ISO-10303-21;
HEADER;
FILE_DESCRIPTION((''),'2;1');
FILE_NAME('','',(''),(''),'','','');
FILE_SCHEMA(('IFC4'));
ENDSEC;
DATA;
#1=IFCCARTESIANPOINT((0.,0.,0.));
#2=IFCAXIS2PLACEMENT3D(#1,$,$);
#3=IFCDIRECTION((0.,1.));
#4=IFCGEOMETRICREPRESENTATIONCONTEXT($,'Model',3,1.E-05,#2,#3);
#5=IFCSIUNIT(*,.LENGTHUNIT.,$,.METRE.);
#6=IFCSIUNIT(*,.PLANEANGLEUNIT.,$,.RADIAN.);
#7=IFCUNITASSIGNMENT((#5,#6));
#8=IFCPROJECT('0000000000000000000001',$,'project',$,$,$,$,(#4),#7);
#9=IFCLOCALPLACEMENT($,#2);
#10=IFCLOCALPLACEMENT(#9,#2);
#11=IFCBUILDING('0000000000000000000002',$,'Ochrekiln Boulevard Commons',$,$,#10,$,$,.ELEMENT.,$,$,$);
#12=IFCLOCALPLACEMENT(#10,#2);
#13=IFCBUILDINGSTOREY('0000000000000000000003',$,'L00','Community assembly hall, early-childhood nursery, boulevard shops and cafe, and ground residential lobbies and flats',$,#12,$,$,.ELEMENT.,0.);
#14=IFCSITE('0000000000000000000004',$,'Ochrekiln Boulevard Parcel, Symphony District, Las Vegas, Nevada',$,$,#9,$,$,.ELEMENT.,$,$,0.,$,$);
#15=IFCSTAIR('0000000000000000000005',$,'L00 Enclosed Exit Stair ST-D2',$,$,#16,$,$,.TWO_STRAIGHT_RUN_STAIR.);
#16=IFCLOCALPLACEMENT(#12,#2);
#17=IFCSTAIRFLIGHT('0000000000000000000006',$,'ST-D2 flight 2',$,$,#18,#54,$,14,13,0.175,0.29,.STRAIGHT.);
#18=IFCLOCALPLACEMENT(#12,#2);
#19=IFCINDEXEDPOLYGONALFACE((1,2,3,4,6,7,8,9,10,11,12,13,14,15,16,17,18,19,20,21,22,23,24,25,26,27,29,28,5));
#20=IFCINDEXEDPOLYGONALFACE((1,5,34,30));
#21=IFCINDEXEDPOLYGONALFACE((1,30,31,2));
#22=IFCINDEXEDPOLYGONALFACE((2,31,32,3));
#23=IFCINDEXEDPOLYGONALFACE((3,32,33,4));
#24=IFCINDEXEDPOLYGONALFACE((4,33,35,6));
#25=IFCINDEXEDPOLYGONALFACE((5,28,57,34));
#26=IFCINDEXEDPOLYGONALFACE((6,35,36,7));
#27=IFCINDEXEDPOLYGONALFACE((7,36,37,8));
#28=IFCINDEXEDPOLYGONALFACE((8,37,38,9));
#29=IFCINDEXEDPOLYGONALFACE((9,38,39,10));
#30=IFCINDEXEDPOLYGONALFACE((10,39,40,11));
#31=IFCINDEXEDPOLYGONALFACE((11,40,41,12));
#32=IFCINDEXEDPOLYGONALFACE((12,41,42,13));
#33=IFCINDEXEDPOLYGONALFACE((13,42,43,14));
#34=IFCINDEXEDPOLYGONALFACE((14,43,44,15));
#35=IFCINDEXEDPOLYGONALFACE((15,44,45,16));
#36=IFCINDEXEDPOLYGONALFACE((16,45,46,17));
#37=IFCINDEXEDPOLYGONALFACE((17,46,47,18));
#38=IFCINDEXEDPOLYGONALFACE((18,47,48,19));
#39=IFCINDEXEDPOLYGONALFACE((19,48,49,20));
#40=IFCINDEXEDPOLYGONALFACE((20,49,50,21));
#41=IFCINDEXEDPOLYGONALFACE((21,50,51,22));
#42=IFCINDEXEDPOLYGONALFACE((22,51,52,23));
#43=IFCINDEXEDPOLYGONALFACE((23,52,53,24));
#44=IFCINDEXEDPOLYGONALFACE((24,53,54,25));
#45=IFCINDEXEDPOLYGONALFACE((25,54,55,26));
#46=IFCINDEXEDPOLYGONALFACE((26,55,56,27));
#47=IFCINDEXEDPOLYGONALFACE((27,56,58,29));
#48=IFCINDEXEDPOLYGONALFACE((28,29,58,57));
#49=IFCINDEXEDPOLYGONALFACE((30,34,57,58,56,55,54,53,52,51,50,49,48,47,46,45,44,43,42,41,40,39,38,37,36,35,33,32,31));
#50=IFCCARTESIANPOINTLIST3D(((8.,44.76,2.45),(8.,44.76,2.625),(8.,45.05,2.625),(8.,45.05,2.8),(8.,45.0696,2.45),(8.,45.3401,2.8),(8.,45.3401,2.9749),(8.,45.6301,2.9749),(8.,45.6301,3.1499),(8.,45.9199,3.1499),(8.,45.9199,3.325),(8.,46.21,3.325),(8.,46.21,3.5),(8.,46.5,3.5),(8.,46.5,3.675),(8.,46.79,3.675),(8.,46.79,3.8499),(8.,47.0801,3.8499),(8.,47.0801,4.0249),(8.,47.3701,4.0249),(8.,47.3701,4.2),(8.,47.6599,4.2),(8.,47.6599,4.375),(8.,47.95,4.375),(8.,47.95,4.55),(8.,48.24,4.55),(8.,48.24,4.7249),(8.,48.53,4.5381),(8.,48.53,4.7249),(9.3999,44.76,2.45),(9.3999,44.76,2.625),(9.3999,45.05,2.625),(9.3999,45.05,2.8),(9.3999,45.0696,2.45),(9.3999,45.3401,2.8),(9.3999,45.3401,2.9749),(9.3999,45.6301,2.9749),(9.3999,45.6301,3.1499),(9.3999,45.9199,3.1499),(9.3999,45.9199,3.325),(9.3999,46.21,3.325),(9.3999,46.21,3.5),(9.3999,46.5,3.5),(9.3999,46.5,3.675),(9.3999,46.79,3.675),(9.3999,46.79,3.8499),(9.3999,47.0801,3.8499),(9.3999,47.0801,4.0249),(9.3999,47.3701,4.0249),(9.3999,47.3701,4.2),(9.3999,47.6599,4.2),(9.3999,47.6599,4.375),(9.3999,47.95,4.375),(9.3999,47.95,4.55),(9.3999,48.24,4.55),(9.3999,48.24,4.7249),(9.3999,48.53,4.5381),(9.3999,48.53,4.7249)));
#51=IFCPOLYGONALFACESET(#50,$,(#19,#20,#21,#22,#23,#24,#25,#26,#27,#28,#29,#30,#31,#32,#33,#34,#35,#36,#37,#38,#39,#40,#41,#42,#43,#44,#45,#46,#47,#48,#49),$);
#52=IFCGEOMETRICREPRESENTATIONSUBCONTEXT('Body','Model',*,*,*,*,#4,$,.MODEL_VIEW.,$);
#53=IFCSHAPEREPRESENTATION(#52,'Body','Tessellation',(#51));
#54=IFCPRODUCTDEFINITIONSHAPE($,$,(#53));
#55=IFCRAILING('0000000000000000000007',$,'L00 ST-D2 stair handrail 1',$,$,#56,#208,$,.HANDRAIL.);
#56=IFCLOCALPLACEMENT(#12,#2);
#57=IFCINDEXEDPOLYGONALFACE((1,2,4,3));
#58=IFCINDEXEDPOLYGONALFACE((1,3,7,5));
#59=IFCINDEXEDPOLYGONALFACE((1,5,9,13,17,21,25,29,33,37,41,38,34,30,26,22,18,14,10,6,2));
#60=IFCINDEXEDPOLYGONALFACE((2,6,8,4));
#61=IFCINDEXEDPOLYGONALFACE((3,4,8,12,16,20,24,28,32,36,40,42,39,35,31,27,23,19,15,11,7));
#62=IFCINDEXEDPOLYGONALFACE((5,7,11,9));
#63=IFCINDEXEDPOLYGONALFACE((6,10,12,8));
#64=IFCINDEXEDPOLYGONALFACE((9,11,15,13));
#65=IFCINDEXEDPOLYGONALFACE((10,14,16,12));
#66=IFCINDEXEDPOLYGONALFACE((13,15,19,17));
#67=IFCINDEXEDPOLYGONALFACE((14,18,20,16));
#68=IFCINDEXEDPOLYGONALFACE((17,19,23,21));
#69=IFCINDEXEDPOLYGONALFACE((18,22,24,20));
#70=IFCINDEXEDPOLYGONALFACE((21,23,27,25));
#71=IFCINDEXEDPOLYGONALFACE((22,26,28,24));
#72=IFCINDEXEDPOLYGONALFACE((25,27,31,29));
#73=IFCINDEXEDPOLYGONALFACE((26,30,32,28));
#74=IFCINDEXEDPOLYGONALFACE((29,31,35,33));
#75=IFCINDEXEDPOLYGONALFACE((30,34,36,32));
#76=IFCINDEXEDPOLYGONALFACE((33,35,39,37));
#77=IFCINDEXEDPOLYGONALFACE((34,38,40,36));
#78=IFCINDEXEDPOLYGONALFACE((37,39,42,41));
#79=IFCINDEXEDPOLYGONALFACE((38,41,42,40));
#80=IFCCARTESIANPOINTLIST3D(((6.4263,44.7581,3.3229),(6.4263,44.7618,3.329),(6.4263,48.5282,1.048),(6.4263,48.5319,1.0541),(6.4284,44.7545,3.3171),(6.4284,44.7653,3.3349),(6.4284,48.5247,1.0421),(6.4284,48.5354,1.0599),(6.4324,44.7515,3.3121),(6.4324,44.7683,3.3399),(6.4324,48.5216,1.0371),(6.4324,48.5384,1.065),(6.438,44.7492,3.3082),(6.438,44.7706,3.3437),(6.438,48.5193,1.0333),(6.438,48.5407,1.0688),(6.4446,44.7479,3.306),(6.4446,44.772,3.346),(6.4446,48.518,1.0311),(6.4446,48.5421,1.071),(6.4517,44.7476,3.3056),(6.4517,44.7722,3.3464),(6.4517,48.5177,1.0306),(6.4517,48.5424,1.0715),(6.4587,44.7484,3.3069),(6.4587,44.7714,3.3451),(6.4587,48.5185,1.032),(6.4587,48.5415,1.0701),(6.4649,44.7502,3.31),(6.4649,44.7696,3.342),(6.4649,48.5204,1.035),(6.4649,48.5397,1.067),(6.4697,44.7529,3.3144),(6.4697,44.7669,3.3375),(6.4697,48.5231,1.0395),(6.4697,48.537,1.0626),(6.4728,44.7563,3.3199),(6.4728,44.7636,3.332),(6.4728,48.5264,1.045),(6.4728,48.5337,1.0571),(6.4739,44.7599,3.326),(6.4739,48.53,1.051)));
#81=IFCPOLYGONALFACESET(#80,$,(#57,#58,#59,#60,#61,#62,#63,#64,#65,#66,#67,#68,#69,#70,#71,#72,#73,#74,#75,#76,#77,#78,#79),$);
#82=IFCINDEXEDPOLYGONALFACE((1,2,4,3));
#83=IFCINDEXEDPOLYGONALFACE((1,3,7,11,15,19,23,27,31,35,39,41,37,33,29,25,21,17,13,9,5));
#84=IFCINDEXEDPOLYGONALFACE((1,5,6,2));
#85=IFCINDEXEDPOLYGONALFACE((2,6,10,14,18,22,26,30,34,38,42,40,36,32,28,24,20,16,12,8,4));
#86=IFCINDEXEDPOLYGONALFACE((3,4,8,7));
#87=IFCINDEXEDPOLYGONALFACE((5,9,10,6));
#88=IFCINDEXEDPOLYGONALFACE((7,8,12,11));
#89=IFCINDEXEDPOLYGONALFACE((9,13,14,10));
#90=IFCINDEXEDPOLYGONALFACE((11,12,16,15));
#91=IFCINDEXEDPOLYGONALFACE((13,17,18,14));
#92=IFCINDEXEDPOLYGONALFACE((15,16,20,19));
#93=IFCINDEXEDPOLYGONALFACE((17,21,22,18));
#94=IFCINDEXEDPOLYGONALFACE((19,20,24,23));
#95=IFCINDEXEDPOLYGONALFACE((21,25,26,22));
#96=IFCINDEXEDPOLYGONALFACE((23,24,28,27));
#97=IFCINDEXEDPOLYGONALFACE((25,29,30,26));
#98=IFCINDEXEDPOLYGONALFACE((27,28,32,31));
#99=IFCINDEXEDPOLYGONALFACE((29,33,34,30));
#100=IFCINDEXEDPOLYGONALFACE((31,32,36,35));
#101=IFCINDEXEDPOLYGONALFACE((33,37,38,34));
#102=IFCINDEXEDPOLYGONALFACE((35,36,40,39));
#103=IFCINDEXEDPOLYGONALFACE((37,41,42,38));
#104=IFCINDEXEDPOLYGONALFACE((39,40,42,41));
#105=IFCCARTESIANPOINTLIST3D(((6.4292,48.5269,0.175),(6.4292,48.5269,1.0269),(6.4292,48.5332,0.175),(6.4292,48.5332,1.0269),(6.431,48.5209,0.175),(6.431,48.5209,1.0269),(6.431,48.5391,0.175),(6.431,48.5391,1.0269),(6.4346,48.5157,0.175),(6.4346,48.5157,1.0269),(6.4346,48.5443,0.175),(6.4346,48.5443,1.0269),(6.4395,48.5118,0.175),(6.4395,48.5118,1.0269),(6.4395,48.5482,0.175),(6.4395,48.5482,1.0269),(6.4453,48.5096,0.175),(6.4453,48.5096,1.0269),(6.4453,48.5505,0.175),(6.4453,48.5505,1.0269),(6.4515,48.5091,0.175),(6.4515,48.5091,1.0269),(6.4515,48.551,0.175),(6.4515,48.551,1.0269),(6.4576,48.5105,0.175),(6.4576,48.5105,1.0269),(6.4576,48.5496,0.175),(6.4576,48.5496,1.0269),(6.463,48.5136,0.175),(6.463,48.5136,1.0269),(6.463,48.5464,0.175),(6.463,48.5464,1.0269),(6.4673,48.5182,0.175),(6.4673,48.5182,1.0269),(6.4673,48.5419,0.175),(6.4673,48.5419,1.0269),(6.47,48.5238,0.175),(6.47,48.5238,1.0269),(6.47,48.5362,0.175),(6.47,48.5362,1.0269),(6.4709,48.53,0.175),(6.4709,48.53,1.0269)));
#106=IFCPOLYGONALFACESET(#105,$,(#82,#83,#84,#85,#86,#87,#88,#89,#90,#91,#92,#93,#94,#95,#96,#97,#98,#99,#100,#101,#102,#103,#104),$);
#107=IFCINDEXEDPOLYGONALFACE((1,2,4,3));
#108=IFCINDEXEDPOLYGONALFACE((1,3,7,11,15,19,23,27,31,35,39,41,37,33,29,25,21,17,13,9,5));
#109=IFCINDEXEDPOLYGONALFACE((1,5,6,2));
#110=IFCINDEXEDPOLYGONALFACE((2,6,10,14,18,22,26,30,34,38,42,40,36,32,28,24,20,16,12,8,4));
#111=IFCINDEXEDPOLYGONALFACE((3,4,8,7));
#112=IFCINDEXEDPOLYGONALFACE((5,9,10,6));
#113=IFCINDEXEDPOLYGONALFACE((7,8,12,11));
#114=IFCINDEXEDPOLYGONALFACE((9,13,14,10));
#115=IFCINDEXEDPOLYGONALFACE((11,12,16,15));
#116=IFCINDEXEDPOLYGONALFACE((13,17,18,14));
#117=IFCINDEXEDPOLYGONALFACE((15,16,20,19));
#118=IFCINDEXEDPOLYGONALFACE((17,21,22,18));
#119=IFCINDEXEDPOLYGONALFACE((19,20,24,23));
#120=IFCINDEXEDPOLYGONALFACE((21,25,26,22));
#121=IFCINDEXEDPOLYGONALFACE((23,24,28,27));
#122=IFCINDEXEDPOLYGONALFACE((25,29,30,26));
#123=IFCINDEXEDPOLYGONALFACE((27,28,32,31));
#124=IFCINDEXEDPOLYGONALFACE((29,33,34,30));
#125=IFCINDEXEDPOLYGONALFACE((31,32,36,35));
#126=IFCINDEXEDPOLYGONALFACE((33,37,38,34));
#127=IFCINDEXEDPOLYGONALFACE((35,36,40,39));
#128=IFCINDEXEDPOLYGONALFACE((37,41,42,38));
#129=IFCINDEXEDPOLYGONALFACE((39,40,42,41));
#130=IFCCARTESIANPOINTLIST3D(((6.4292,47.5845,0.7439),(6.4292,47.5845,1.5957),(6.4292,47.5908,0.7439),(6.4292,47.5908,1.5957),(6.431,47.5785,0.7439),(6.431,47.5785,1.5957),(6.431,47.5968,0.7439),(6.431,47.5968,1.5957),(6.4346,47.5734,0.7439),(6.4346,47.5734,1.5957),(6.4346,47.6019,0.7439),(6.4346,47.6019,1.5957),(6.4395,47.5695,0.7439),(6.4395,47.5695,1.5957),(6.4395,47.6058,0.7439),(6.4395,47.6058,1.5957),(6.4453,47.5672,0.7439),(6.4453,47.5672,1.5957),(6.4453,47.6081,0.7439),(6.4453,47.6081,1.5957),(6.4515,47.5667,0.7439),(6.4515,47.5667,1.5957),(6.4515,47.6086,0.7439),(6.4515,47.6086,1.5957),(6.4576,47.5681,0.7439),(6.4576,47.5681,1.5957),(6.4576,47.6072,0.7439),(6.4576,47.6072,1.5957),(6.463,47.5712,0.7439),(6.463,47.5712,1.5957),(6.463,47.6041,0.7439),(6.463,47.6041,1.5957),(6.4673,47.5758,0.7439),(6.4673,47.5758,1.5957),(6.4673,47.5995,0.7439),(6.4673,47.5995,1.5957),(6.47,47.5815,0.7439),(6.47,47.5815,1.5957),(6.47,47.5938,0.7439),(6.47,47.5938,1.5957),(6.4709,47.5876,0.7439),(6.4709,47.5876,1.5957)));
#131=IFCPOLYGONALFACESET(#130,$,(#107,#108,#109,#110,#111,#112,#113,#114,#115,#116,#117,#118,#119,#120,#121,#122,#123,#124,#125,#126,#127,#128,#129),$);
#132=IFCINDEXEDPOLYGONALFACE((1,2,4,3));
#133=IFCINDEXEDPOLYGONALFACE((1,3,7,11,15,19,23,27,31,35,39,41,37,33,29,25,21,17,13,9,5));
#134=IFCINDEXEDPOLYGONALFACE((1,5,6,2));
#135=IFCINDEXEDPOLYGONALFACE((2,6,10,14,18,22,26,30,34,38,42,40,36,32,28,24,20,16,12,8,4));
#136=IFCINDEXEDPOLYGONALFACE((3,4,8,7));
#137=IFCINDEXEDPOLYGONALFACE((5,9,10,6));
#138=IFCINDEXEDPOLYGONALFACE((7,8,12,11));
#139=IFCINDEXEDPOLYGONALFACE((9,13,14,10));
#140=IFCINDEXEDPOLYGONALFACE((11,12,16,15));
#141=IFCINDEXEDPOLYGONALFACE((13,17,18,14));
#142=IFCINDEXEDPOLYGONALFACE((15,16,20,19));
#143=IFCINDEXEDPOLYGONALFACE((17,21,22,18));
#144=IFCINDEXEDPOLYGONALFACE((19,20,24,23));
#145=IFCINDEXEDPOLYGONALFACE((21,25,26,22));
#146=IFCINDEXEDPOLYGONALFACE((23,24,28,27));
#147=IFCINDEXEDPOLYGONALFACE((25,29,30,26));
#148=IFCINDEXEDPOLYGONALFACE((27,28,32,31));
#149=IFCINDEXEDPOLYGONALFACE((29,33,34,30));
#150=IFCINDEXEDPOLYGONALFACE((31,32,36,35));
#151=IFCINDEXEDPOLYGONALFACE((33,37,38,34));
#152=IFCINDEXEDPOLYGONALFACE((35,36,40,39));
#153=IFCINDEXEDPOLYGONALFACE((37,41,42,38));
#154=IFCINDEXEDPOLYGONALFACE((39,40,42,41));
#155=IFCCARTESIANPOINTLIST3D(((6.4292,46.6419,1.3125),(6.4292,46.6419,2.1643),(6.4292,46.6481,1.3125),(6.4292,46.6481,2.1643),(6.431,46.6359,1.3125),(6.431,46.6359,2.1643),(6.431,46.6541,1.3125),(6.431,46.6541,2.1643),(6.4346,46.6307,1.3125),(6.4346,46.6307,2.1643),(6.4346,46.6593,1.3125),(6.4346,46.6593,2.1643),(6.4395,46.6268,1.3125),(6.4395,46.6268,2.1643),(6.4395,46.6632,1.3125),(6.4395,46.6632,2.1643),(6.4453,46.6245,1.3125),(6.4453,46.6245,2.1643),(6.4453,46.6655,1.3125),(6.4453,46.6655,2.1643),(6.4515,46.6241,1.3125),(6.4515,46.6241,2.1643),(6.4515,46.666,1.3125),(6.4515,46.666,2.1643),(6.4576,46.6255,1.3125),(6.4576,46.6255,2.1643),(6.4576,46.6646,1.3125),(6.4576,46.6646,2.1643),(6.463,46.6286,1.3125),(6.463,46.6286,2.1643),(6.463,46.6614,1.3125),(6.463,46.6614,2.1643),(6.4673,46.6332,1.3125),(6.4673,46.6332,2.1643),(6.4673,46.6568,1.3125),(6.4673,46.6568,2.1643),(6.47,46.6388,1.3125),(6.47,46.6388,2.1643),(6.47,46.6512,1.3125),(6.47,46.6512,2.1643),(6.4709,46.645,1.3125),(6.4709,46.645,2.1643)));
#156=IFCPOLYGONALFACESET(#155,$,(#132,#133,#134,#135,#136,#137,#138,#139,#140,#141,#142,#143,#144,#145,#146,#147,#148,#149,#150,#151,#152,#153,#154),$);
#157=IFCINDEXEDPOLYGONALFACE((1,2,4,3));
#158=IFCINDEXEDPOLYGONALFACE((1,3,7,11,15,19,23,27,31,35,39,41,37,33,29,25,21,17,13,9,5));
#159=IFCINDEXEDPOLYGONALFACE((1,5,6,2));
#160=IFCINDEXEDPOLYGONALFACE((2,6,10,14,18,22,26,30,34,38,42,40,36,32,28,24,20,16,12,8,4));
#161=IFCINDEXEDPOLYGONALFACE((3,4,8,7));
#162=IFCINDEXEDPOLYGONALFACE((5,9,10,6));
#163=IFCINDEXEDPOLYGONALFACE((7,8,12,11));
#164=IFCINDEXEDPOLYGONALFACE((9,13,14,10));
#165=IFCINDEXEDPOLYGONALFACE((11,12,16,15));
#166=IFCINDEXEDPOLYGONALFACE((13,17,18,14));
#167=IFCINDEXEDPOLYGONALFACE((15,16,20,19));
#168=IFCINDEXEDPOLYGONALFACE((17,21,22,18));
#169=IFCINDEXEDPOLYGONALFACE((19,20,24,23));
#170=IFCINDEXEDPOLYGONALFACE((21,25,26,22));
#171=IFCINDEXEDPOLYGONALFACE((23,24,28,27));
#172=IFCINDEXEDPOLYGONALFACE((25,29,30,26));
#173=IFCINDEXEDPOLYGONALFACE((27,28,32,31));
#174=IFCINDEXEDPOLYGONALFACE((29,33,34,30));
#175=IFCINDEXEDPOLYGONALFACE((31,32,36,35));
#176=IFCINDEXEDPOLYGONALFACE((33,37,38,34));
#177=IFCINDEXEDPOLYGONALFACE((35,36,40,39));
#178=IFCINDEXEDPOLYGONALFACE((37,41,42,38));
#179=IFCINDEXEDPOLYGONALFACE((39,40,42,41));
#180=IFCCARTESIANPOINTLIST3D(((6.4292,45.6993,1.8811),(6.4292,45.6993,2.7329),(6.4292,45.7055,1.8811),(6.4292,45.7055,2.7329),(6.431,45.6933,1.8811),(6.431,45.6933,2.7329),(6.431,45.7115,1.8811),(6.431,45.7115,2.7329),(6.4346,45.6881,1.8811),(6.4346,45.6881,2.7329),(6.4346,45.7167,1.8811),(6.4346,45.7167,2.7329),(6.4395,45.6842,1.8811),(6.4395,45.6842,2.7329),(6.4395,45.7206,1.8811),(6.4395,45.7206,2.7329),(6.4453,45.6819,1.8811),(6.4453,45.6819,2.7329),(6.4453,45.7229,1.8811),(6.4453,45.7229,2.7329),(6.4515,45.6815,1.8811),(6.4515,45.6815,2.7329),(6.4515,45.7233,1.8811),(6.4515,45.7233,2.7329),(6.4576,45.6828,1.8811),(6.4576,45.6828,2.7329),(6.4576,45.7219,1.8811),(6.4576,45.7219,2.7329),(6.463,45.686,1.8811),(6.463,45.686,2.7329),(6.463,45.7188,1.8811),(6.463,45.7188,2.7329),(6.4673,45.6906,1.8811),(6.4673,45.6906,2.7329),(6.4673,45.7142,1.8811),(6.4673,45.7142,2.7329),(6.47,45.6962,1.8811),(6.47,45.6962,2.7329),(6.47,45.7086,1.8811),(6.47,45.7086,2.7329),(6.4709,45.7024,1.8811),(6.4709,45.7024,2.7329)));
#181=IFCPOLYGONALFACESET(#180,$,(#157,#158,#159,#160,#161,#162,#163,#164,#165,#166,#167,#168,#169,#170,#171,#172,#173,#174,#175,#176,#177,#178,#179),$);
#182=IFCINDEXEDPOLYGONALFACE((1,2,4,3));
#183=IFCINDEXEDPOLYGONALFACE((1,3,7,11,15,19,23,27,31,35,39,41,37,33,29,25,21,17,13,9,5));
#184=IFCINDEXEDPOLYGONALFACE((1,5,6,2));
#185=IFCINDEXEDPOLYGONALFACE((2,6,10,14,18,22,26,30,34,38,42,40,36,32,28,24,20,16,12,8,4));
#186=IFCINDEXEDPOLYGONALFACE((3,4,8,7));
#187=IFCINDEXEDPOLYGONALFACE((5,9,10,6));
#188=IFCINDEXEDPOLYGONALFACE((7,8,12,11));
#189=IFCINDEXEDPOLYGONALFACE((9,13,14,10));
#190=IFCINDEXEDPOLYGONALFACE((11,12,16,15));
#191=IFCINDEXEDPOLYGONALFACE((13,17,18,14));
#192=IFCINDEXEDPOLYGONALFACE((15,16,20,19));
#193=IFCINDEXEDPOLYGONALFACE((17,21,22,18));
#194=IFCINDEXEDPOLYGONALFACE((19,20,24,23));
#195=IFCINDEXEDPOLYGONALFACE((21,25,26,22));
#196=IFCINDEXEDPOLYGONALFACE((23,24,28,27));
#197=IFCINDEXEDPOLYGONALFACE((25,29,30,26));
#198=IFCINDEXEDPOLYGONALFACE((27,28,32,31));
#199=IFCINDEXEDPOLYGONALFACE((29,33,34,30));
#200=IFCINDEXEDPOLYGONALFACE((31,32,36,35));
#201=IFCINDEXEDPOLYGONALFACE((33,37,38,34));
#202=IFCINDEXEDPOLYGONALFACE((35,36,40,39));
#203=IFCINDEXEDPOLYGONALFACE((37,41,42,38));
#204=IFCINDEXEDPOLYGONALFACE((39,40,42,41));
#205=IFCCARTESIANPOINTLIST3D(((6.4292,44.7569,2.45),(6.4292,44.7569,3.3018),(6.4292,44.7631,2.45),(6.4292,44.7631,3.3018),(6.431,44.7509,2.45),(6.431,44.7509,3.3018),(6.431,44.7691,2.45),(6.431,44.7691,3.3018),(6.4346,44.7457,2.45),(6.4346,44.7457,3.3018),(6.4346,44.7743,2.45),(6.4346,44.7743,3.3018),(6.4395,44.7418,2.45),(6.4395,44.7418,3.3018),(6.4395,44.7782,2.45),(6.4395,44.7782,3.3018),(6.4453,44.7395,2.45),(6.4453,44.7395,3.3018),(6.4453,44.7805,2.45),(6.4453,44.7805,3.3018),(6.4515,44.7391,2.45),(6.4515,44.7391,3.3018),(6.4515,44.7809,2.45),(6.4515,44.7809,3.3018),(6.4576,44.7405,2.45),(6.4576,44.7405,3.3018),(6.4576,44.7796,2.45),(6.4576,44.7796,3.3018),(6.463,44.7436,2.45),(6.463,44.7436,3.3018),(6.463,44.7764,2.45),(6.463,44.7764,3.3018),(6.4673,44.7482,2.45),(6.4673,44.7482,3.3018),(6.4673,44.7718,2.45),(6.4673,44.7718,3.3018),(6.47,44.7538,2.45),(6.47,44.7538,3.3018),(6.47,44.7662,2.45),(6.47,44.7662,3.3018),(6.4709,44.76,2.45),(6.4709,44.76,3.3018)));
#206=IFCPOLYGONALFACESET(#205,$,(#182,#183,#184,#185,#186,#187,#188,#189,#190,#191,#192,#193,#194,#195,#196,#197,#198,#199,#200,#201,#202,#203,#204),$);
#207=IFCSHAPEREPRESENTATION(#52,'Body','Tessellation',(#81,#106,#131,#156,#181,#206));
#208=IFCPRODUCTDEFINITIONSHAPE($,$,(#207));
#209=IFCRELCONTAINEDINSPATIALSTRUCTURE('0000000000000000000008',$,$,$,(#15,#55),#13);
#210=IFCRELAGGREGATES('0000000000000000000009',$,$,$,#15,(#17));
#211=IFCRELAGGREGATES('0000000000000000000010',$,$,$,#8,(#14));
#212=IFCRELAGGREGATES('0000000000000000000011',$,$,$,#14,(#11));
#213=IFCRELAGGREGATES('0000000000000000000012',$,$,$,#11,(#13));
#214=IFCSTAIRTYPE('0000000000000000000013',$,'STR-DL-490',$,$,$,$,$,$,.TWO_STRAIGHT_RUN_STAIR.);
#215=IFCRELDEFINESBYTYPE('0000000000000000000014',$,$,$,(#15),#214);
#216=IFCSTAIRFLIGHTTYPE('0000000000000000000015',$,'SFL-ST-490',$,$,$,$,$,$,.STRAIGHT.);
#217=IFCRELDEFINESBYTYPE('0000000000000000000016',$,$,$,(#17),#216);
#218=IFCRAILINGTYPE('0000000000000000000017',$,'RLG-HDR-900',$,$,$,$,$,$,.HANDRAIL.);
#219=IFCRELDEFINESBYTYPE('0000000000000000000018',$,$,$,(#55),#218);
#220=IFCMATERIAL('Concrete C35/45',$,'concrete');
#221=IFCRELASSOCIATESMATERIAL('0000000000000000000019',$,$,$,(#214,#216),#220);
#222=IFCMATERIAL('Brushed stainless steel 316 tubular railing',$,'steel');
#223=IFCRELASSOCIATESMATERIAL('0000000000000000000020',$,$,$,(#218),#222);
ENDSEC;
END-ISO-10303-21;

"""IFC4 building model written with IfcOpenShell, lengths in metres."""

from ifc_helpers import new_model, si_unit, direction, frame, origin, origin_2d, place, context, subcontext, project, spatial, polyline, circle, outline, extrude, material, type_object, element, aggregate, save


model = new_model("IFC4")

# Units and contexts
model_context = context("Model", 3, precision=1e-05, world=origin(), true_north=direction((0.0, 1.0)))
body_context = subcontext(model_context, "Body", "Model", "MODEL_VIEW")
ifc_project = project(units=[si_unit("LENGTHUNIT", "METRE"), si_unit("PLANEANGLEUNIT", "RADIAN")], contexts=[model_context])

# Site, building, storey
site_placement = place(None, origin())
site = spatial("IfcSite", under=ifc_project, at=site_placement, Name="Ochrekiln Boulevard Parcel, Symphony District, Las Vegas, Nevada", CompositionType="ELEMENT", RefElevation=0.0)
building_placement = place(site_placement, origin())
building = spatial("IfcBuilding", under=site, at=building_placement, Name="Ochrekiln Boulevard Commons", CompositionType="ELEMENT")
storey_placement = place(building_placement, origin())
storey = spatial("IfcBuildingStorey", under=building, at=storey_placement, Name="L00", Description="Community assembly hall, early-childhood nursery, boulevard shops and cafe, and ground residential lobbies and flats", CompositionType="ELEMENT", Elevation=0.0)

# Shared definitions
ifc_material_1 = material(Name="Concrete C35/45", Category="concrete")

# Stair, stair flight
stair_type = type_object("IfcStairType", Name="STR-DL-490", PredefinedType="TWO_STRAIGHT_RUN_STAIR", material=ifc_material_1)
stair_placement = place(storey_placement, origin())
stair = element("IfcStair", 1, at=stair_placement, inside=storey, type_object=stair_type, Name="L00 Enclosed Exit Stair ST-D2", PredefinedType="TWO_STRAIGHT_RUN_STAIR")
stair_flight_type = type_object("IfcStairFlightType", Name="SFL-ST-490", PredefinedType="STRAIGHT", material=ifc_material_1)
stair_flight_1_placement = place(storey_placement, frame((8.7, 44.76, 2.45), z_axis=(0.0, 0.0, 1.0), x_axis=(0.0, 1.0, 0.0)))
stair_flight_1 = element("IfcStairFlight", 2, at=stair_flight_1_placement, type_object=stair_flight_type, Name="ST-D2 flight 2", NumberOfRisers=14, NumberOfTreads=13, PredefinedType="STRAIGHT", RiserHeight=0.175, TreadLength=0.29, context=body_context, shape_type="SweptSolid", body=[
    extrude(outline(polyline([(0.0, 0.0), (0.0, 0.175), (0.29, 0.175), (0.29, 0.3501), (0.5801, 0.3501), (0.5801, 0.5249), (0.8701, 0.5249), (0.8701, 0.7), (1.1599, 0.7), (1.1599, 0.875), (1.45, 0.875), (1.45, 1.05), (1.74, 1.05), (1.74, 1.2251), (2.03, 1.2251), (2.03, 1.3999), (2.3201, 1.3999), (2.3201, 1.575), (2.6101, 1.575), (2.6101, 1.75), (2.8999, 1.75), (2.8999, 1.925), (3.1899, 1.925), (3.1899, 2.1001), (3.48, 2.1001), (3.48, 2.2749), (3.77, 2.2749), (3.77, 2.45), (3.77, 2.0881), (0.3096, 0.0), (0.0, 0.0)])), frame((0.0, 0.7, 0.0), z_axis=(0.0, -1.0, 0.0), x_axis=(1.0, 0.0, 0.0)), (0.0, 0.0, 1.0), 1.3999),
])
aggregate(stair, [stair_flight_1])

# Railing
ifc_material_2 = material(Name="Brushed stainless steel 316 tubular railing", Category="steel")
railing_type_1 = type_object("IfcRailingType", Name="RLG-HDR-900", PredefinedType="HANDRAIL", material=ifc_material_2)
railing_1_placement = place(storey_placement, frame((6.45, 48.53, 0.175)))
element("IfcRailing", 3, at=railing_1_placement, inside=storey, type_object=railing_type_1, Name="L00 ST-D2 stair handrail 1", PredefinedType="HANDRAIL", context=body_context, shape_type="SweptSolid", body=[
    extrude(circle(Radius=0.0239, at=origin_2d()), frame((0.0, 0.0, 0.876), z_axis=(0.0, -0.856199, 0.516647), x_axis=(1.0, 0.0, 0.0)), (0.0, 0.0, 1.0), 4.4033),
    extrude(circle(Radius=0.021, at=origin_2d()), origin(), (0.0, 0.0, 1.0), 0.8518),
    extrude(circle(Radius=0.021, at=origin_2d()), frame((0.0, -0.9424, 0.5688)), (0.0, 0.0, 1.0), 0.8518),
    extrude(circle(Radius=0.021, at=origin_2d()), frame((0.0, -1.885, 1.1375)), (0.0, 0.0, 1.0), 0.8518),
    extrude(circle(Radius=0.021, at=origin_2d()), frame((0.0, -2.8276, 1.7061)), (0.0, 0.0, 1.0), 0.8518),
    extrude(circle(Radius=0.021, at=origin_2d()), frame((0.0, -3.77, 2.2749)), (0.0, 0.0, 1.0), 0.8518),
])

save(model, "model.ifc")
